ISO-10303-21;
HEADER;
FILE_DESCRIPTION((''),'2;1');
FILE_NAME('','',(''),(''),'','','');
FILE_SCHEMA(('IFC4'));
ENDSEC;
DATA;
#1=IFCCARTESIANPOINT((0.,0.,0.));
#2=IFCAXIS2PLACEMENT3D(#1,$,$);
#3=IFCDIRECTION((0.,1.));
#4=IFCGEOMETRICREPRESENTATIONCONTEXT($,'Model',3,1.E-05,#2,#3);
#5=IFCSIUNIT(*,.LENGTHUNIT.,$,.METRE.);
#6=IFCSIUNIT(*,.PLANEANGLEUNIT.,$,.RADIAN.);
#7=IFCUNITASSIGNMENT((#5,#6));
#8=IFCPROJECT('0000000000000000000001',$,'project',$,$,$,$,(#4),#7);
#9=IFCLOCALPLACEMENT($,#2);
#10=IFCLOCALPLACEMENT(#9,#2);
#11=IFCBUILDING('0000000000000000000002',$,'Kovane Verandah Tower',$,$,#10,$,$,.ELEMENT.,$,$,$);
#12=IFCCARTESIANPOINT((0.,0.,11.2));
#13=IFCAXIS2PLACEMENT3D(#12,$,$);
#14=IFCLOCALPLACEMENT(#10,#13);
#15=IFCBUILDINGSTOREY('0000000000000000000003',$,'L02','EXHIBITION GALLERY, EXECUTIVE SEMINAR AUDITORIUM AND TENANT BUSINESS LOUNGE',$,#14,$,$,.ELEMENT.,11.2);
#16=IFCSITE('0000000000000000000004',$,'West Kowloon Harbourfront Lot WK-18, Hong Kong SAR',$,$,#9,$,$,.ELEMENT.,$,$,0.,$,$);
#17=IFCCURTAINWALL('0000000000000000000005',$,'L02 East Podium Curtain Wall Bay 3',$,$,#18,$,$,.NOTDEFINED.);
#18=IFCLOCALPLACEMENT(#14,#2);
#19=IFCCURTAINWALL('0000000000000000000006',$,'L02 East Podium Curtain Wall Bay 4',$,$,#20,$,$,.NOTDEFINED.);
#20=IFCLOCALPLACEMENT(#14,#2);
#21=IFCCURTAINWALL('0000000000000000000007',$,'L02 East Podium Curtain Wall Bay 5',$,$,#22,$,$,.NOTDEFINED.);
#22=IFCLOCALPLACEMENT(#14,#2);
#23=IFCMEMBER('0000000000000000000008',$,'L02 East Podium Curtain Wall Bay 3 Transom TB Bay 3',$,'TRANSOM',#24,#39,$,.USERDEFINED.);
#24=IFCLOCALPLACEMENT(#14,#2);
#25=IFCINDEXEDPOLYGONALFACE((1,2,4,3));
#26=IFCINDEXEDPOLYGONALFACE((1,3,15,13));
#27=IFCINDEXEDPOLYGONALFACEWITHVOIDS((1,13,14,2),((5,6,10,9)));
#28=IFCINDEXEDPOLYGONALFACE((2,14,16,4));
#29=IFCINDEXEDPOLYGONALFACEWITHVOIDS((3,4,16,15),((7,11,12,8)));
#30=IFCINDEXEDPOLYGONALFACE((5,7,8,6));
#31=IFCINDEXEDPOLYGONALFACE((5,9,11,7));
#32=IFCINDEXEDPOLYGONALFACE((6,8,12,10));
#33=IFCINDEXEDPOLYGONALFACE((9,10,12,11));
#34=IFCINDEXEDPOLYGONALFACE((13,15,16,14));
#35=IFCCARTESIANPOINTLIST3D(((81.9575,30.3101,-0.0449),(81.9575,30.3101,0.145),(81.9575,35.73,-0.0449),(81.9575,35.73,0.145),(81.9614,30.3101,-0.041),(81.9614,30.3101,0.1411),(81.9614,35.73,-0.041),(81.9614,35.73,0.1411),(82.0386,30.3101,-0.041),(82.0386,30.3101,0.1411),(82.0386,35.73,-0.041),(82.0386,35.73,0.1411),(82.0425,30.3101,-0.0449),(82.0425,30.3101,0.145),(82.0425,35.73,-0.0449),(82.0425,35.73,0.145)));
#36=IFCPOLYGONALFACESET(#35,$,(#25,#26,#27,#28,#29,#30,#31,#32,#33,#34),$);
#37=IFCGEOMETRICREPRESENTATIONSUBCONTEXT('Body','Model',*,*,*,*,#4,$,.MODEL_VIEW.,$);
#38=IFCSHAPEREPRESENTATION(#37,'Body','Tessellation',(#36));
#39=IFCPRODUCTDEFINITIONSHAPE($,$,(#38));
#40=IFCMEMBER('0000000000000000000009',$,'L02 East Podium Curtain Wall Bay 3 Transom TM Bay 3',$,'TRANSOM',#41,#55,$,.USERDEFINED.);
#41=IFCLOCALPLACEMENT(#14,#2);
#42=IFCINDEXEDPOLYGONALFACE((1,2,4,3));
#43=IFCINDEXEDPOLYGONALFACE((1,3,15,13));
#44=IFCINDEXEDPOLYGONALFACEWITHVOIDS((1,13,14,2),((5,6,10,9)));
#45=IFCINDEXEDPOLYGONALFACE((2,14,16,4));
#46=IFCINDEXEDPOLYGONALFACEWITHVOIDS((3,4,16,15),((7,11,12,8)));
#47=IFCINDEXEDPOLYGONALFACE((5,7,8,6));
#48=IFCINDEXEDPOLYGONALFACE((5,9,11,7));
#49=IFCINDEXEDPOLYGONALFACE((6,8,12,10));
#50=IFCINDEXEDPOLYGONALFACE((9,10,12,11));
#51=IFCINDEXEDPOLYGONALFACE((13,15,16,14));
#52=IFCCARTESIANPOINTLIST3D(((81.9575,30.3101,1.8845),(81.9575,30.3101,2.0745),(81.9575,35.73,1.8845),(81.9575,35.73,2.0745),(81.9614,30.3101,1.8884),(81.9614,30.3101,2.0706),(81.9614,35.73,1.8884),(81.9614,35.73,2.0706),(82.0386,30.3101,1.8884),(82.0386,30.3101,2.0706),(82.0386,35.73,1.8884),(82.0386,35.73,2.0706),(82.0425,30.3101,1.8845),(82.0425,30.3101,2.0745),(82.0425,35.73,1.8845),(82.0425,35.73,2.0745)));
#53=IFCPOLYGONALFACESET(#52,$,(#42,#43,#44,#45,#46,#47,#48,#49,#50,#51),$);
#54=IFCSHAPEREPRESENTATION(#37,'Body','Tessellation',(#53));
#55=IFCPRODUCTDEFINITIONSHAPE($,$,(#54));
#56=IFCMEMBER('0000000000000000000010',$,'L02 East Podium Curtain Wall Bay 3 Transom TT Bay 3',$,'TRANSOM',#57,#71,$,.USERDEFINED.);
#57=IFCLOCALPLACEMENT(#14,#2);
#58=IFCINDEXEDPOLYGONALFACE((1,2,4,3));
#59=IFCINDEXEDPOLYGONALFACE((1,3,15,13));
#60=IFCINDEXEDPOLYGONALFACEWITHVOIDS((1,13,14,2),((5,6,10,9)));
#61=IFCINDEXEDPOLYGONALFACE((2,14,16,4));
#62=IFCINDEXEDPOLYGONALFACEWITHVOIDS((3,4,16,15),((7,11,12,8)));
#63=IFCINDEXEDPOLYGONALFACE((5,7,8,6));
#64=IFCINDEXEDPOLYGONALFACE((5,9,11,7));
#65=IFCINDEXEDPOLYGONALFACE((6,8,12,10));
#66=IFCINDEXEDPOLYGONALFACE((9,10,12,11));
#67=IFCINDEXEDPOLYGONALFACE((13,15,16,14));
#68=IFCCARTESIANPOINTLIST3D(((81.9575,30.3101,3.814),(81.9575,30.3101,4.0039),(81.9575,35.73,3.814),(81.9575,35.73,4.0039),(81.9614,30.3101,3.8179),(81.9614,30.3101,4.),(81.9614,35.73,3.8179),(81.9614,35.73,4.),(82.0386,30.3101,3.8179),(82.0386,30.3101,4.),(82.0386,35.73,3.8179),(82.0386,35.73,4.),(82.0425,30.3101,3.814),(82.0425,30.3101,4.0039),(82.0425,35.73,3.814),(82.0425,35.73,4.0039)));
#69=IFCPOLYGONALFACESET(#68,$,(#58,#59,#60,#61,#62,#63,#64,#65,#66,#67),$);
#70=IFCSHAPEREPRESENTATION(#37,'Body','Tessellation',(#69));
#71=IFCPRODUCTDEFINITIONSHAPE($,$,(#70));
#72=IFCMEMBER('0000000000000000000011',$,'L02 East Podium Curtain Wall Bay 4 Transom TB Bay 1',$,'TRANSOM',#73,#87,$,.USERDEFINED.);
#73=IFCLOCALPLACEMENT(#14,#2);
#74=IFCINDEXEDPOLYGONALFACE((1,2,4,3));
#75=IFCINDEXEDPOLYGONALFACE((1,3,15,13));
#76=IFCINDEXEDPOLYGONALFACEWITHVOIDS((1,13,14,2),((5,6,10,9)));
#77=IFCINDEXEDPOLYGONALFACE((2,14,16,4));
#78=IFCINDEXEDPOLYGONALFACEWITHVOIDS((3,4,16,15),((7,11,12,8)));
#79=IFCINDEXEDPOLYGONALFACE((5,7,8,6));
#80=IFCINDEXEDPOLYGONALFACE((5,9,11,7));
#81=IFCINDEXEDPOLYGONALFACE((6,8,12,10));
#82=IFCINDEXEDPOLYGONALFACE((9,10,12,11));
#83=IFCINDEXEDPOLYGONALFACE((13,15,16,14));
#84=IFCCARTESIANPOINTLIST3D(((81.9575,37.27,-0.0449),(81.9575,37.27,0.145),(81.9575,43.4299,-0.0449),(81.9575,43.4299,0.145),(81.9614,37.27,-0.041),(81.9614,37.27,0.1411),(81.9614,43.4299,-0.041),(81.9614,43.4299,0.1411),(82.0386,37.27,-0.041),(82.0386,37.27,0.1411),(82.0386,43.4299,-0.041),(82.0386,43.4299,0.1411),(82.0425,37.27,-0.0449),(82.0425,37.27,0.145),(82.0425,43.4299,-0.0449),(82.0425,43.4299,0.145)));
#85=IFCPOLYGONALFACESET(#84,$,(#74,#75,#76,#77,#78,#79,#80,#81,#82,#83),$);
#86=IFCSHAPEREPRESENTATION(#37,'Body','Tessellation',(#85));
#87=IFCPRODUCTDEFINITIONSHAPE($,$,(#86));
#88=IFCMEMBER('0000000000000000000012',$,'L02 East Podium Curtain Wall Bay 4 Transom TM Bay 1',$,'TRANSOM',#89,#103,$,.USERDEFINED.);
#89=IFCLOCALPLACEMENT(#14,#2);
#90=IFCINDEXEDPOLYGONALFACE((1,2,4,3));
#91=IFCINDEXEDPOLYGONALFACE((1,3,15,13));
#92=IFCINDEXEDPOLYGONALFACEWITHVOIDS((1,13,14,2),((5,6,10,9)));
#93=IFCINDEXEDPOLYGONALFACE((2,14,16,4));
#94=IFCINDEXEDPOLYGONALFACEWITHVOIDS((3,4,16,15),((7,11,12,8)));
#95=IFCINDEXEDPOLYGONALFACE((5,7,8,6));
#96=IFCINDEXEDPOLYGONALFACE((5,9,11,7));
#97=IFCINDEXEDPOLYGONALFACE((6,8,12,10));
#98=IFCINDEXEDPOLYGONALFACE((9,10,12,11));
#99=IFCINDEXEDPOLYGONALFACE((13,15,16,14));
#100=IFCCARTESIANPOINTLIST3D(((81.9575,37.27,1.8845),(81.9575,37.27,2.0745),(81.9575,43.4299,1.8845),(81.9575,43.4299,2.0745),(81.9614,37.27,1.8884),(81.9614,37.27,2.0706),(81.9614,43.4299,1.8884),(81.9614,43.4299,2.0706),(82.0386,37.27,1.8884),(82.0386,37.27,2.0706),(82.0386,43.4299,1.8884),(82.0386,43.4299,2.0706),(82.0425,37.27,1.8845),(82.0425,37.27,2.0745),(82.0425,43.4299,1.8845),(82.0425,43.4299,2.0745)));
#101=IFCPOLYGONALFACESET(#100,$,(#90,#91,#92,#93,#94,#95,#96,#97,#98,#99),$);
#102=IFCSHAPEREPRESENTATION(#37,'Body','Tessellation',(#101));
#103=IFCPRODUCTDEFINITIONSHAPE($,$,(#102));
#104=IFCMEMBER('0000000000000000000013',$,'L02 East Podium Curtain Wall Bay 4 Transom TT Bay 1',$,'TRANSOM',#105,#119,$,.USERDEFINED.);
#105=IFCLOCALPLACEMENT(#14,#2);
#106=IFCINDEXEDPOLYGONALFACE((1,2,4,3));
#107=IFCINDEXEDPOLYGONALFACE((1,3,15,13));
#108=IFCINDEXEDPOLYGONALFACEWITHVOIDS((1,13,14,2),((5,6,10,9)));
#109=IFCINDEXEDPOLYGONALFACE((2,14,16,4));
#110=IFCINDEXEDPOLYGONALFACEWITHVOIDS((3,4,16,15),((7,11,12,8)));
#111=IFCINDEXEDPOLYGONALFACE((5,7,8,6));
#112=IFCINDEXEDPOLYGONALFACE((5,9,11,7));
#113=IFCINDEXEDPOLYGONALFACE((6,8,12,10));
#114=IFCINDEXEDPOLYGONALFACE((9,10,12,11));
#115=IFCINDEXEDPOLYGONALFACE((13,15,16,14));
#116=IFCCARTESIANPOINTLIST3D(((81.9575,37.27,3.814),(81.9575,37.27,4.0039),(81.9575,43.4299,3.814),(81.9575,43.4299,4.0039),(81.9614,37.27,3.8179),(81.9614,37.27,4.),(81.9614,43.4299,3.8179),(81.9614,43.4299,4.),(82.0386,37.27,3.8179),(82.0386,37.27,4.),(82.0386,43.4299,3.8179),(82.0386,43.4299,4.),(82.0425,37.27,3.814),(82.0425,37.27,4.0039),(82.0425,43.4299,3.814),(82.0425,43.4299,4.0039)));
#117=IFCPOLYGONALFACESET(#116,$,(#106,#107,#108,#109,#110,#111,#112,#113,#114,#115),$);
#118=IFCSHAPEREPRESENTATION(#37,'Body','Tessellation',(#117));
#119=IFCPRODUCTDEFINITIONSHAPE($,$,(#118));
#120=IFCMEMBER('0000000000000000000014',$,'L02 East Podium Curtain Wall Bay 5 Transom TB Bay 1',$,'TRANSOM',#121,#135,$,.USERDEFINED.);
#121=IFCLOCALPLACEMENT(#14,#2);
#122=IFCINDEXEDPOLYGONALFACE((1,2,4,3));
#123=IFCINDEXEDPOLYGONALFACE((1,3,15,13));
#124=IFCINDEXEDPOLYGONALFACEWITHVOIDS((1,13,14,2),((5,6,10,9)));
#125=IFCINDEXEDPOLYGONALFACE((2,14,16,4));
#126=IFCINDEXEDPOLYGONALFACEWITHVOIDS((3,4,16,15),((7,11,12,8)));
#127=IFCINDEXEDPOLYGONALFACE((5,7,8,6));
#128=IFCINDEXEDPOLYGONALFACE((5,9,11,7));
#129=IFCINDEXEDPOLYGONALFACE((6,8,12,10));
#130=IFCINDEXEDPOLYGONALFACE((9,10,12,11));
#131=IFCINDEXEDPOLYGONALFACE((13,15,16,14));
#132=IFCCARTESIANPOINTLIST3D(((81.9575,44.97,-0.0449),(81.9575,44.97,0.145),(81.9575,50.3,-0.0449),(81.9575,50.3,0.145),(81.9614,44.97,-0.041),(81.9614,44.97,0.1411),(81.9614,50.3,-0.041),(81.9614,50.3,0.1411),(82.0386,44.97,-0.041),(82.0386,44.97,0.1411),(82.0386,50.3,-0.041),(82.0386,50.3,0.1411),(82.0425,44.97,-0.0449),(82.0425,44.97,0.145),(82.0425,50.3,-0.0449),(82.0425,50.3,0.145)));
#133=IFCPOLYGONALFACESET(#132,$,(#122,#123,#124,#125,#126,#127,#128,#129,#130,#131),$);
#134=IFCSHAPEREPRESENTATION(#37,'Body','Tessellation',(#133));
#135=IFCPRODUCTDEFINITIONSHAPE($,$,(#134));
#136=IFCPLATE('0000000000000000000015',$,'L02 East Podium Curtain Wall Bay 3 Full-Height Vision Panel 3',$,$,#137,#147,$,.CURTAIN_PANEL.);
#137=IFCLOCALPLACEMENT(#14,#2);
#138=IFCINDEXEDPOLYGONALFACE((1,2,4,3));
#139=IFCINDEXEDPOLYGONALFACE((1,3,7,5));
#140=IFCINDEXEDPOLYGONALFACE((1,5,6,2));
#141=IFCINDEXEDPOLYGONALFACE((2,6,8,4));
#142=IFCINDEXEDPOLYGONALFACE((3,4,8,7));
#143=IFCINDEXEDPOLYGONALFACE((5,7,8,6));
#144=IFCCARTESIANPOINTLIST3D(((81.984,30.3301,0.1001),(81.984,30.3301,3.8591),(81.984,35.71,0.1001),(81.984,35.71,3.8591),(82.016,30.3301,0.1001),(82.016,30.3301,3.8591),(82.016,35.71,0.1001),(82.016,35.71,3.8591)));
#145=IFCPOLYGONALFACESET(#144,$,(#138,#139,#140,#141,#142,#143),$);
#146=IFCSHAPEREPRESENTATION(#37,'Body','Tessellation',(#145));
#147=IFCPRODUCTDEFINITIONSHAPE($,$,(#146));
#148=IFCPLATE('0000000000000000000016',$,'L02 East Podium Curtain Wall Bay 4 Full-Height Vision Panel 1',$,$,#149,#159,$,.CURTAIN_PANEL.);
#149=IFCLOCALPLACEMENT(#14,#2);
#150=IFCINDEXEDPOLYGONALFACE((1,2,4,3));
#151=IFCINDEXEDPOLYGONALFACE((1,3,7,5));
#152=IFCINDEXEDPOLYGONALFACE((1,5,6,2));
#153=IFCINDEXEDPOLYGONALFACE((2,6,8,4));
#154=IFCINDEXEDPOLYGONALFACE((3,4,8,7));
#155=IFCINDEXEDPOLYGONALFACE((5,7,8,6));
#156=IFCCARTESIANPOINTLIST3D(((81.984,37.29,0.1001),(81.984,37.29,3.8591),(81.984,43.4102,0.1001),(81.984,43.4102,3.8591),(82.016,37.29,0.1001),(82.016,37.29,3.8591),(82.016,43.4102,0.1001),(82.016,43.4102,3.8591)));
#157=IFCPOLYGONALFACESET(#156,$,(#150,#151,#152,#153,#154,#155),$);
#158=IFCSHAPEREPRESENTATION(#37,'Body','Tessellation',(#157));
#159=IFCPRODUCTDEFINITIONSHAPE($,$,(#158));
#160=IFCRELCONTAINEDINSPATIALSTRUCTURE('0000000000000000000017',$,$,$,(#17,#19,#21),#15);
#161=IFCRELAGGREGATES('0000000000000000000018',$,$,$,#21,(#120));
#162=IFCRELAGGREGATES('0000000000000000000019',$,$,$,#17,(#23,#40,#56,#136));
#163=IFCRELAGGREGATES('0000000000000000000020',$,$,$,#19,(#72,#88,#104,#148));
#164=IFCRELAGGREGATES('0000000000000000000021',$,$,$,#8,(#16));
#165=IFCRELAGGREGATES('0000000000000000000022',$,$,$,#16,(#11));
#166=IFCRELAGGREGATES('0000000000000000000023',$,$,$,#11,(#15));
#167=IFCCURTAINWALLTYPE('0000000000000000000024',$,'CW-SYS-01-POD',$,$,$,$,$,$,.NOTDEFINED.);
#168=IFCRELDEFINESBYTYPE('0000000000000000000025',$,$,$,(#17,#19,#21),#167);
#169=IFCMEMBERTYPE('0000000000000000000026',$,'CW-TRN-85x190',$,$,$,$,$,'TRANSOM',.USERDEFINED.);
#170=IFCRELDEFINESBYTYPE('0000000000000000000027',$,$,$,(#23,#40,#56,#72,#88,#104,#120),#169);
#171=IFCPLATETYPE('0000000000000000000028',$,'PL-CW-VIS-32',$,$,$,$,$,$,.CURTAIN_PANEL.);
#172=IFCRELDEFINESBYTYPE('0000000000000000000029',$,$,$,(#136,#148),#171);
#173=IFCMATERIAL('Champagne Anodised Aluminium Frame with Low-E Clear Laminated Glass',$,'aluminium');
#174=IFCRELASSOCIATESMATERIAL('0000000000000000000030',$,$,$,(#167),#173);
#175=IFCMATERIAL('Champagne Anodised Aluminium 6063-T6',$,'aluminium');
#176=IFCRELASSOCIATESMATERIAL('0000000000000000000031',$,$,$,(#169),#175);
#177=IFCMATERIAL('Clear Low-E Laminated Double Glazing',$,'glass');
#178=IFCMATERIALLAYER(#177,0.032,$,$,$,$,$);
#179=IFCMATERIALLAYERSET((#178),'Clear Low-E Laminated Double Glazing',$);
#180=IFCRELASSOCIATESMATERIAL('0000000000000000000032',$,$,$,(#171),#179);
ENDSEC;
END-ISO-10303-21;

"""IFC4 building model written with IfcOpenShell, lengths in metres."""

from ifc_helpers import new_model, si_unit, direction, frame, origin, origin_2d, place, context, subcontext, project, spatial, rectangle, hollow_rectangle, extrude, material, layer, layer_set, material_profile, profile_set, type_object, element, aggregate, save


model = new_model("IFC4")

# Units and contexts
model_context = context("Model", 3, precision=1e-05, world=origin(), true_north=direction((0.0, 1.0)))
body_context = subcontext(model_context, "Body", "Model", "MODEL_VIEW")
ifc_project = project(units=[si_unit("LENGTHUNIT", "METRE"), si_unit("PLANEANGLEUNIT", "RADIAN")], contexts=[model_context])

# Site, building, storey
site_placement = place(None, origin())
site = spatial("IfcSite", under=ifc_project, at=site_placement, Name="West Kowloon Harbourfront Lot WK-18, Hong Kong SAR", CompositionType="ELEMENT", RefElevation=0.0)
building_placement = place(site_placement, origin())
building = spatial("IfcBuilding", under=site, at=building_placement, Name="Kovane Verandah Tower", CompositionType="ELEMENT")
storey_placement = place(building_placement, frame((0.0, 0.0, 11.2)))
storey = spatial("IfcBuildingStorey", under=building, at=storey_placement, Name="L02", Description="EXHIBITION GALLERY, EXECUTIVE SEMINAR AUDITORIUM AND TENANT BUSINESS LOUNGE", CompositionType="ELEMENT", Elevation=11.2)

# Curtain walls
ifc_material_1 = material(Name="Champagne Anodised Aluminium Frame with Low-E Clear Laminated Glass", Category="aluminium")
curtain_wall_type = type_object("IfcCurtainWallType", Name="CW-SYS-01-POD", PredefinedType="NOTDEFINED", material=ifc_material_1)
curtain_wall_1_placement = place(storey_placement, origin())
curtain_wall_1 = element("IfcCurtainWall", 1, at=curtain_wall_1_placement, inside=storey, type_object=curtain_wall_type, Name="L02 East Podium Curtain Wall Bay 3", PredefinedType="NOTDEFINED")
ifc_material_2 = material(Name="Champagne Anodised Aluminium 6063-T6", Category="aluminium")
curtain_wall_2_placement = place(storey_placement, origin())
curtain_wall_2 = element("IfcCurtainWall", 2, at=curtain_wall_2_placement, inside=storey, type_object=curtain_wall_type, Name="L02 East Podium Curtain Wall Bay 4", PredefinedType="NOTDEFINED")

# Curtain wall
curtain_wall_3_placement = place(storey_placement, origin())
curtain_wall_3 = element("IfcCurtainWall", 3, at=curtain_wall_3_placement, inside=storey, type_object=curtain_wall_type, Name="L02 East Podium Curtain Wall Bay 5", PredefinedType="NOTDEFINED")

# Members
ifc_material_profile_1 = material_profile(ifc_material_2, hollow_rectangle(XDim=0.085, YDim=0.1899, WallThickness=0.0039, at=origin_2d()), Name="AL85x190x4")
ifc_profile_set_1 = profile_set([ifc_material_profile_1], Name="Champagne Anodised Aluminium 6063-T6")
member_type_1 = type_object("IfcMemberType", Name="CW-TRN-85x190", ElementType="TRANSOM", PredefinedType="USERDEFINED", material=ifc_profile_set_1)
member_1_placement = place(storey_placement, frame((82.0, 30.3101, 0.05), z_axis=(0.0, 1.0, 0.0), x_axis=(-1.0, 0.0, 0.0)))
member_1 = element("IfcMember", 4, at=member_1_placement, type_object=member_type_1, Name="L02 East Podium Curtain Wall Bay 3 Transom TB Bay 3", ObjectType="TRANSOM", PredefinedType="USERDEFINED", context=body_context, shape_type="SweptSolid", body=[
    extrude(hollow_rectangle(XDim=0.085, YDim=0.1899, WallThickness=0.0039, at=origin_2d()), origin(), (0.0, 0.0, 1.0), 5.4199),
])
member_2_placement = place(storey_placement, frame((82.0, 30.3101, 1.9795), z_axis=(0.0, 1.0, 0.0), x_axis=(-1.0, 0.0, 0.0)))
member_2 = element("IfcMember", 5, at=member_2_placement, type_object=member_type_1, Name="L02 East Podium Curtain Wall Bay 3 Transom TM Bay 3", ObjectType="TRANSOM", PredefinedType="USERDEFINED", context=body_context, shape_type="SweptSolid", body=[
    extrude(hollow_rectangle(XDim=0.085, YDim=0.1899, WallThickness=0.0039, at=origin_2d()), origin(), (0.0, 0.0, 1.0), 5.4199),
])
member_3_placement = place(storey_placement, frame((82.0, 30.3101, 3.9089), z_axis=(0.0, 1.0, 0.0), x_axis=(-1.0, 0.0, 0.0)))
member_3 = element("IfcMember", 6, at=member_3_placement, type_object=member_type_1, Name="L02 East Podium Curtain Wall Bay 3 Transom TT Bay 3", ObjectType="TRANSOM", PredefinedType="USERDEFINED", context=body_context, shape_type="SweptSolid", body=[
    extrude(hollow_rectangle(XDim=0.085, YDim=0.1899, WallThickness=0.0039, at=origin_2d()), origin(), (0.0, 0.0, 1.0), 5.4199),
])
member_4_placement = place(storey_placement, frame((82.0, 37.27, 0.05), z_axis=(0.0, 1.0, 0.0), x_axis=(-1.0, 0.0, 0.0)))
member_4 = element("IfcMember", 7, at=member_4_placement, type_object=member_type_1, Name="L02 East Podium Curtain Wall Bay 4 Transom TB Bay 1", ObjectType="TRANSOM", PredefinedType="USERDEFINED", context=body_context, shape_type="SweptSolid", body=[
    extrude(hollow_rectangle(XDim=0.085, YDim=0.1899, WallThickness=0.0039, at=origin_2d()), origin(), (0.0, 0.0, 1.0), 6.1599),
])
member_5_placement = place(storey_placement, frame((82.0, 37.27, 1.9795), z_axis=(0.0, 1.0, 0.0), x_axis=(-1.0, 0.0, 0.0)))
member_5 = element("IfcMember", 8, at=member_5_placement, type_object=member_type_1, Name="L02 East Podium Curtain Wall Bay 4 Transom TM Bay 1", ObjectType="TRANSOM", PredefinedType="USERDEFINED", context=body_context, shape_type="SweptSolid", body=[
    extrude(hollow_rectangle(XDim=0.085, YDim=0.1899, WallThickness=0.0039, at=origin_2d()), origin(), (0.0, 0.0, 1.0), 6.1599),
])
member_6_placement = place(storey_placement, frame((82.0, 37.27, 3.9089), z_axis=(0.0, 1.0, 0.0), x_axis=(-1.0, 0.0, 0.0)))
member_6 = element("IfcMember", 9, at=member_6_placement, type_object=member_type_1, Name="L02 East Podium Curtain Wall Bay 4 Transom TT Bay 1", ObjectType="TRANSOM", PredefinedType="USERDEFINED", context=body_context, shape_type="SweptSolid", body=[
    extrude(hollow_rectangle(XDim=0.085, YDim=0.1899, WallThickness=0.0039, at=origin_2d()), origin(), (0.0, 0.0, 1.0), 6.1599),
])
member_7_placement = place(storey_placement, frame((82.0, 44.97, 0.05), z_axis=(0.0, 1.0, 0.0), x_axis=(-1.0, 0.0, 0.0)))
member_7 = element("IfcMember", 10, at=member_7_placement, type_object=member_type_1, Name="L02 East Podium Curtain Wall Bay 5 Transom TB Bay 1", ObjectType="TRANSOM", PredefinedType="USERDEFINED", context=body_context, shape_type="SweptSolid", body=[
    extrude(hollow_rectangle(XDim=0.085, YDim=0.1899, WallThickness=0.0039, at=origin_2d()), origin(), (0.0, 0.0, 1.0), 5.3301),
])
aggregate(curtain_wall_3, [member_7])

# Plates
ifc_material_3 = material(Name="Clear Low-E Laminated Double Glazing", Category="glass")
ifc_layer_1 = layer(ifc_material_3, 0.032)
ifc_layer_set_1 = layer_set([ifc_layer_1], Name="Clear Low-E Laminated Double Glazing")
plate_type = type_object("IfcPlateType", Name="PL-CW-VIS-32", PredefinedType="CURTAIN_PANEL", material=ifc_layer_set_1)
plate_1_placement = place(storey_placement, frame((82.0, 33.02, 0.1001), z_axis=(0.0, 0.0, 1.0), x_axis=(0.0, 1.0, 0.0)))
plate_1 = element("IfcPlate", 11, at=plate_1_placement, type_object=plate_type, Name="L02 East Podium Curtain Wall Bay 3 Full-Height Vision Panel 3", PredefinedType="CURTAIN_PANEL", context=body_context, shape_type="SweptSolid", body=[
    extrude(rectangle(XDim=5.3799, YDim=0.032, at=origin_2d()), origin(), (0.0, 0.0, 1.0), 3.759),
])
aggregate(curtain_wall_1, [member_1, member_2, member_3, plate_1])
plate_2_placement = place(storey_placement, frame((82.0, 40.3501, 0.1001), z_axis=(0.0, 0.0, 1.0), x_axis=(0.0, 1.0, 0.0)))
plate_2 = element("IfcPlate", 12, at=plate_2_placement, type_object=plate_type, Name="L02 East Podium Curtain Wall Bay 4 Full-Height Vision Panel 1", PredefinedType="CURTAIN_PANEL", context=body_context, shape_type="SweptSolid", body=[
    extrude(rectangle(XDim=6.1201, YDim=0.032, at=origin_2d()), origin(), (0.0, 0.0, 1.0), 3.759),
])
aggregate(curtain_wall_2, [member_4, member_5, member_6, plate_2])

save(model, "model.ifc")
